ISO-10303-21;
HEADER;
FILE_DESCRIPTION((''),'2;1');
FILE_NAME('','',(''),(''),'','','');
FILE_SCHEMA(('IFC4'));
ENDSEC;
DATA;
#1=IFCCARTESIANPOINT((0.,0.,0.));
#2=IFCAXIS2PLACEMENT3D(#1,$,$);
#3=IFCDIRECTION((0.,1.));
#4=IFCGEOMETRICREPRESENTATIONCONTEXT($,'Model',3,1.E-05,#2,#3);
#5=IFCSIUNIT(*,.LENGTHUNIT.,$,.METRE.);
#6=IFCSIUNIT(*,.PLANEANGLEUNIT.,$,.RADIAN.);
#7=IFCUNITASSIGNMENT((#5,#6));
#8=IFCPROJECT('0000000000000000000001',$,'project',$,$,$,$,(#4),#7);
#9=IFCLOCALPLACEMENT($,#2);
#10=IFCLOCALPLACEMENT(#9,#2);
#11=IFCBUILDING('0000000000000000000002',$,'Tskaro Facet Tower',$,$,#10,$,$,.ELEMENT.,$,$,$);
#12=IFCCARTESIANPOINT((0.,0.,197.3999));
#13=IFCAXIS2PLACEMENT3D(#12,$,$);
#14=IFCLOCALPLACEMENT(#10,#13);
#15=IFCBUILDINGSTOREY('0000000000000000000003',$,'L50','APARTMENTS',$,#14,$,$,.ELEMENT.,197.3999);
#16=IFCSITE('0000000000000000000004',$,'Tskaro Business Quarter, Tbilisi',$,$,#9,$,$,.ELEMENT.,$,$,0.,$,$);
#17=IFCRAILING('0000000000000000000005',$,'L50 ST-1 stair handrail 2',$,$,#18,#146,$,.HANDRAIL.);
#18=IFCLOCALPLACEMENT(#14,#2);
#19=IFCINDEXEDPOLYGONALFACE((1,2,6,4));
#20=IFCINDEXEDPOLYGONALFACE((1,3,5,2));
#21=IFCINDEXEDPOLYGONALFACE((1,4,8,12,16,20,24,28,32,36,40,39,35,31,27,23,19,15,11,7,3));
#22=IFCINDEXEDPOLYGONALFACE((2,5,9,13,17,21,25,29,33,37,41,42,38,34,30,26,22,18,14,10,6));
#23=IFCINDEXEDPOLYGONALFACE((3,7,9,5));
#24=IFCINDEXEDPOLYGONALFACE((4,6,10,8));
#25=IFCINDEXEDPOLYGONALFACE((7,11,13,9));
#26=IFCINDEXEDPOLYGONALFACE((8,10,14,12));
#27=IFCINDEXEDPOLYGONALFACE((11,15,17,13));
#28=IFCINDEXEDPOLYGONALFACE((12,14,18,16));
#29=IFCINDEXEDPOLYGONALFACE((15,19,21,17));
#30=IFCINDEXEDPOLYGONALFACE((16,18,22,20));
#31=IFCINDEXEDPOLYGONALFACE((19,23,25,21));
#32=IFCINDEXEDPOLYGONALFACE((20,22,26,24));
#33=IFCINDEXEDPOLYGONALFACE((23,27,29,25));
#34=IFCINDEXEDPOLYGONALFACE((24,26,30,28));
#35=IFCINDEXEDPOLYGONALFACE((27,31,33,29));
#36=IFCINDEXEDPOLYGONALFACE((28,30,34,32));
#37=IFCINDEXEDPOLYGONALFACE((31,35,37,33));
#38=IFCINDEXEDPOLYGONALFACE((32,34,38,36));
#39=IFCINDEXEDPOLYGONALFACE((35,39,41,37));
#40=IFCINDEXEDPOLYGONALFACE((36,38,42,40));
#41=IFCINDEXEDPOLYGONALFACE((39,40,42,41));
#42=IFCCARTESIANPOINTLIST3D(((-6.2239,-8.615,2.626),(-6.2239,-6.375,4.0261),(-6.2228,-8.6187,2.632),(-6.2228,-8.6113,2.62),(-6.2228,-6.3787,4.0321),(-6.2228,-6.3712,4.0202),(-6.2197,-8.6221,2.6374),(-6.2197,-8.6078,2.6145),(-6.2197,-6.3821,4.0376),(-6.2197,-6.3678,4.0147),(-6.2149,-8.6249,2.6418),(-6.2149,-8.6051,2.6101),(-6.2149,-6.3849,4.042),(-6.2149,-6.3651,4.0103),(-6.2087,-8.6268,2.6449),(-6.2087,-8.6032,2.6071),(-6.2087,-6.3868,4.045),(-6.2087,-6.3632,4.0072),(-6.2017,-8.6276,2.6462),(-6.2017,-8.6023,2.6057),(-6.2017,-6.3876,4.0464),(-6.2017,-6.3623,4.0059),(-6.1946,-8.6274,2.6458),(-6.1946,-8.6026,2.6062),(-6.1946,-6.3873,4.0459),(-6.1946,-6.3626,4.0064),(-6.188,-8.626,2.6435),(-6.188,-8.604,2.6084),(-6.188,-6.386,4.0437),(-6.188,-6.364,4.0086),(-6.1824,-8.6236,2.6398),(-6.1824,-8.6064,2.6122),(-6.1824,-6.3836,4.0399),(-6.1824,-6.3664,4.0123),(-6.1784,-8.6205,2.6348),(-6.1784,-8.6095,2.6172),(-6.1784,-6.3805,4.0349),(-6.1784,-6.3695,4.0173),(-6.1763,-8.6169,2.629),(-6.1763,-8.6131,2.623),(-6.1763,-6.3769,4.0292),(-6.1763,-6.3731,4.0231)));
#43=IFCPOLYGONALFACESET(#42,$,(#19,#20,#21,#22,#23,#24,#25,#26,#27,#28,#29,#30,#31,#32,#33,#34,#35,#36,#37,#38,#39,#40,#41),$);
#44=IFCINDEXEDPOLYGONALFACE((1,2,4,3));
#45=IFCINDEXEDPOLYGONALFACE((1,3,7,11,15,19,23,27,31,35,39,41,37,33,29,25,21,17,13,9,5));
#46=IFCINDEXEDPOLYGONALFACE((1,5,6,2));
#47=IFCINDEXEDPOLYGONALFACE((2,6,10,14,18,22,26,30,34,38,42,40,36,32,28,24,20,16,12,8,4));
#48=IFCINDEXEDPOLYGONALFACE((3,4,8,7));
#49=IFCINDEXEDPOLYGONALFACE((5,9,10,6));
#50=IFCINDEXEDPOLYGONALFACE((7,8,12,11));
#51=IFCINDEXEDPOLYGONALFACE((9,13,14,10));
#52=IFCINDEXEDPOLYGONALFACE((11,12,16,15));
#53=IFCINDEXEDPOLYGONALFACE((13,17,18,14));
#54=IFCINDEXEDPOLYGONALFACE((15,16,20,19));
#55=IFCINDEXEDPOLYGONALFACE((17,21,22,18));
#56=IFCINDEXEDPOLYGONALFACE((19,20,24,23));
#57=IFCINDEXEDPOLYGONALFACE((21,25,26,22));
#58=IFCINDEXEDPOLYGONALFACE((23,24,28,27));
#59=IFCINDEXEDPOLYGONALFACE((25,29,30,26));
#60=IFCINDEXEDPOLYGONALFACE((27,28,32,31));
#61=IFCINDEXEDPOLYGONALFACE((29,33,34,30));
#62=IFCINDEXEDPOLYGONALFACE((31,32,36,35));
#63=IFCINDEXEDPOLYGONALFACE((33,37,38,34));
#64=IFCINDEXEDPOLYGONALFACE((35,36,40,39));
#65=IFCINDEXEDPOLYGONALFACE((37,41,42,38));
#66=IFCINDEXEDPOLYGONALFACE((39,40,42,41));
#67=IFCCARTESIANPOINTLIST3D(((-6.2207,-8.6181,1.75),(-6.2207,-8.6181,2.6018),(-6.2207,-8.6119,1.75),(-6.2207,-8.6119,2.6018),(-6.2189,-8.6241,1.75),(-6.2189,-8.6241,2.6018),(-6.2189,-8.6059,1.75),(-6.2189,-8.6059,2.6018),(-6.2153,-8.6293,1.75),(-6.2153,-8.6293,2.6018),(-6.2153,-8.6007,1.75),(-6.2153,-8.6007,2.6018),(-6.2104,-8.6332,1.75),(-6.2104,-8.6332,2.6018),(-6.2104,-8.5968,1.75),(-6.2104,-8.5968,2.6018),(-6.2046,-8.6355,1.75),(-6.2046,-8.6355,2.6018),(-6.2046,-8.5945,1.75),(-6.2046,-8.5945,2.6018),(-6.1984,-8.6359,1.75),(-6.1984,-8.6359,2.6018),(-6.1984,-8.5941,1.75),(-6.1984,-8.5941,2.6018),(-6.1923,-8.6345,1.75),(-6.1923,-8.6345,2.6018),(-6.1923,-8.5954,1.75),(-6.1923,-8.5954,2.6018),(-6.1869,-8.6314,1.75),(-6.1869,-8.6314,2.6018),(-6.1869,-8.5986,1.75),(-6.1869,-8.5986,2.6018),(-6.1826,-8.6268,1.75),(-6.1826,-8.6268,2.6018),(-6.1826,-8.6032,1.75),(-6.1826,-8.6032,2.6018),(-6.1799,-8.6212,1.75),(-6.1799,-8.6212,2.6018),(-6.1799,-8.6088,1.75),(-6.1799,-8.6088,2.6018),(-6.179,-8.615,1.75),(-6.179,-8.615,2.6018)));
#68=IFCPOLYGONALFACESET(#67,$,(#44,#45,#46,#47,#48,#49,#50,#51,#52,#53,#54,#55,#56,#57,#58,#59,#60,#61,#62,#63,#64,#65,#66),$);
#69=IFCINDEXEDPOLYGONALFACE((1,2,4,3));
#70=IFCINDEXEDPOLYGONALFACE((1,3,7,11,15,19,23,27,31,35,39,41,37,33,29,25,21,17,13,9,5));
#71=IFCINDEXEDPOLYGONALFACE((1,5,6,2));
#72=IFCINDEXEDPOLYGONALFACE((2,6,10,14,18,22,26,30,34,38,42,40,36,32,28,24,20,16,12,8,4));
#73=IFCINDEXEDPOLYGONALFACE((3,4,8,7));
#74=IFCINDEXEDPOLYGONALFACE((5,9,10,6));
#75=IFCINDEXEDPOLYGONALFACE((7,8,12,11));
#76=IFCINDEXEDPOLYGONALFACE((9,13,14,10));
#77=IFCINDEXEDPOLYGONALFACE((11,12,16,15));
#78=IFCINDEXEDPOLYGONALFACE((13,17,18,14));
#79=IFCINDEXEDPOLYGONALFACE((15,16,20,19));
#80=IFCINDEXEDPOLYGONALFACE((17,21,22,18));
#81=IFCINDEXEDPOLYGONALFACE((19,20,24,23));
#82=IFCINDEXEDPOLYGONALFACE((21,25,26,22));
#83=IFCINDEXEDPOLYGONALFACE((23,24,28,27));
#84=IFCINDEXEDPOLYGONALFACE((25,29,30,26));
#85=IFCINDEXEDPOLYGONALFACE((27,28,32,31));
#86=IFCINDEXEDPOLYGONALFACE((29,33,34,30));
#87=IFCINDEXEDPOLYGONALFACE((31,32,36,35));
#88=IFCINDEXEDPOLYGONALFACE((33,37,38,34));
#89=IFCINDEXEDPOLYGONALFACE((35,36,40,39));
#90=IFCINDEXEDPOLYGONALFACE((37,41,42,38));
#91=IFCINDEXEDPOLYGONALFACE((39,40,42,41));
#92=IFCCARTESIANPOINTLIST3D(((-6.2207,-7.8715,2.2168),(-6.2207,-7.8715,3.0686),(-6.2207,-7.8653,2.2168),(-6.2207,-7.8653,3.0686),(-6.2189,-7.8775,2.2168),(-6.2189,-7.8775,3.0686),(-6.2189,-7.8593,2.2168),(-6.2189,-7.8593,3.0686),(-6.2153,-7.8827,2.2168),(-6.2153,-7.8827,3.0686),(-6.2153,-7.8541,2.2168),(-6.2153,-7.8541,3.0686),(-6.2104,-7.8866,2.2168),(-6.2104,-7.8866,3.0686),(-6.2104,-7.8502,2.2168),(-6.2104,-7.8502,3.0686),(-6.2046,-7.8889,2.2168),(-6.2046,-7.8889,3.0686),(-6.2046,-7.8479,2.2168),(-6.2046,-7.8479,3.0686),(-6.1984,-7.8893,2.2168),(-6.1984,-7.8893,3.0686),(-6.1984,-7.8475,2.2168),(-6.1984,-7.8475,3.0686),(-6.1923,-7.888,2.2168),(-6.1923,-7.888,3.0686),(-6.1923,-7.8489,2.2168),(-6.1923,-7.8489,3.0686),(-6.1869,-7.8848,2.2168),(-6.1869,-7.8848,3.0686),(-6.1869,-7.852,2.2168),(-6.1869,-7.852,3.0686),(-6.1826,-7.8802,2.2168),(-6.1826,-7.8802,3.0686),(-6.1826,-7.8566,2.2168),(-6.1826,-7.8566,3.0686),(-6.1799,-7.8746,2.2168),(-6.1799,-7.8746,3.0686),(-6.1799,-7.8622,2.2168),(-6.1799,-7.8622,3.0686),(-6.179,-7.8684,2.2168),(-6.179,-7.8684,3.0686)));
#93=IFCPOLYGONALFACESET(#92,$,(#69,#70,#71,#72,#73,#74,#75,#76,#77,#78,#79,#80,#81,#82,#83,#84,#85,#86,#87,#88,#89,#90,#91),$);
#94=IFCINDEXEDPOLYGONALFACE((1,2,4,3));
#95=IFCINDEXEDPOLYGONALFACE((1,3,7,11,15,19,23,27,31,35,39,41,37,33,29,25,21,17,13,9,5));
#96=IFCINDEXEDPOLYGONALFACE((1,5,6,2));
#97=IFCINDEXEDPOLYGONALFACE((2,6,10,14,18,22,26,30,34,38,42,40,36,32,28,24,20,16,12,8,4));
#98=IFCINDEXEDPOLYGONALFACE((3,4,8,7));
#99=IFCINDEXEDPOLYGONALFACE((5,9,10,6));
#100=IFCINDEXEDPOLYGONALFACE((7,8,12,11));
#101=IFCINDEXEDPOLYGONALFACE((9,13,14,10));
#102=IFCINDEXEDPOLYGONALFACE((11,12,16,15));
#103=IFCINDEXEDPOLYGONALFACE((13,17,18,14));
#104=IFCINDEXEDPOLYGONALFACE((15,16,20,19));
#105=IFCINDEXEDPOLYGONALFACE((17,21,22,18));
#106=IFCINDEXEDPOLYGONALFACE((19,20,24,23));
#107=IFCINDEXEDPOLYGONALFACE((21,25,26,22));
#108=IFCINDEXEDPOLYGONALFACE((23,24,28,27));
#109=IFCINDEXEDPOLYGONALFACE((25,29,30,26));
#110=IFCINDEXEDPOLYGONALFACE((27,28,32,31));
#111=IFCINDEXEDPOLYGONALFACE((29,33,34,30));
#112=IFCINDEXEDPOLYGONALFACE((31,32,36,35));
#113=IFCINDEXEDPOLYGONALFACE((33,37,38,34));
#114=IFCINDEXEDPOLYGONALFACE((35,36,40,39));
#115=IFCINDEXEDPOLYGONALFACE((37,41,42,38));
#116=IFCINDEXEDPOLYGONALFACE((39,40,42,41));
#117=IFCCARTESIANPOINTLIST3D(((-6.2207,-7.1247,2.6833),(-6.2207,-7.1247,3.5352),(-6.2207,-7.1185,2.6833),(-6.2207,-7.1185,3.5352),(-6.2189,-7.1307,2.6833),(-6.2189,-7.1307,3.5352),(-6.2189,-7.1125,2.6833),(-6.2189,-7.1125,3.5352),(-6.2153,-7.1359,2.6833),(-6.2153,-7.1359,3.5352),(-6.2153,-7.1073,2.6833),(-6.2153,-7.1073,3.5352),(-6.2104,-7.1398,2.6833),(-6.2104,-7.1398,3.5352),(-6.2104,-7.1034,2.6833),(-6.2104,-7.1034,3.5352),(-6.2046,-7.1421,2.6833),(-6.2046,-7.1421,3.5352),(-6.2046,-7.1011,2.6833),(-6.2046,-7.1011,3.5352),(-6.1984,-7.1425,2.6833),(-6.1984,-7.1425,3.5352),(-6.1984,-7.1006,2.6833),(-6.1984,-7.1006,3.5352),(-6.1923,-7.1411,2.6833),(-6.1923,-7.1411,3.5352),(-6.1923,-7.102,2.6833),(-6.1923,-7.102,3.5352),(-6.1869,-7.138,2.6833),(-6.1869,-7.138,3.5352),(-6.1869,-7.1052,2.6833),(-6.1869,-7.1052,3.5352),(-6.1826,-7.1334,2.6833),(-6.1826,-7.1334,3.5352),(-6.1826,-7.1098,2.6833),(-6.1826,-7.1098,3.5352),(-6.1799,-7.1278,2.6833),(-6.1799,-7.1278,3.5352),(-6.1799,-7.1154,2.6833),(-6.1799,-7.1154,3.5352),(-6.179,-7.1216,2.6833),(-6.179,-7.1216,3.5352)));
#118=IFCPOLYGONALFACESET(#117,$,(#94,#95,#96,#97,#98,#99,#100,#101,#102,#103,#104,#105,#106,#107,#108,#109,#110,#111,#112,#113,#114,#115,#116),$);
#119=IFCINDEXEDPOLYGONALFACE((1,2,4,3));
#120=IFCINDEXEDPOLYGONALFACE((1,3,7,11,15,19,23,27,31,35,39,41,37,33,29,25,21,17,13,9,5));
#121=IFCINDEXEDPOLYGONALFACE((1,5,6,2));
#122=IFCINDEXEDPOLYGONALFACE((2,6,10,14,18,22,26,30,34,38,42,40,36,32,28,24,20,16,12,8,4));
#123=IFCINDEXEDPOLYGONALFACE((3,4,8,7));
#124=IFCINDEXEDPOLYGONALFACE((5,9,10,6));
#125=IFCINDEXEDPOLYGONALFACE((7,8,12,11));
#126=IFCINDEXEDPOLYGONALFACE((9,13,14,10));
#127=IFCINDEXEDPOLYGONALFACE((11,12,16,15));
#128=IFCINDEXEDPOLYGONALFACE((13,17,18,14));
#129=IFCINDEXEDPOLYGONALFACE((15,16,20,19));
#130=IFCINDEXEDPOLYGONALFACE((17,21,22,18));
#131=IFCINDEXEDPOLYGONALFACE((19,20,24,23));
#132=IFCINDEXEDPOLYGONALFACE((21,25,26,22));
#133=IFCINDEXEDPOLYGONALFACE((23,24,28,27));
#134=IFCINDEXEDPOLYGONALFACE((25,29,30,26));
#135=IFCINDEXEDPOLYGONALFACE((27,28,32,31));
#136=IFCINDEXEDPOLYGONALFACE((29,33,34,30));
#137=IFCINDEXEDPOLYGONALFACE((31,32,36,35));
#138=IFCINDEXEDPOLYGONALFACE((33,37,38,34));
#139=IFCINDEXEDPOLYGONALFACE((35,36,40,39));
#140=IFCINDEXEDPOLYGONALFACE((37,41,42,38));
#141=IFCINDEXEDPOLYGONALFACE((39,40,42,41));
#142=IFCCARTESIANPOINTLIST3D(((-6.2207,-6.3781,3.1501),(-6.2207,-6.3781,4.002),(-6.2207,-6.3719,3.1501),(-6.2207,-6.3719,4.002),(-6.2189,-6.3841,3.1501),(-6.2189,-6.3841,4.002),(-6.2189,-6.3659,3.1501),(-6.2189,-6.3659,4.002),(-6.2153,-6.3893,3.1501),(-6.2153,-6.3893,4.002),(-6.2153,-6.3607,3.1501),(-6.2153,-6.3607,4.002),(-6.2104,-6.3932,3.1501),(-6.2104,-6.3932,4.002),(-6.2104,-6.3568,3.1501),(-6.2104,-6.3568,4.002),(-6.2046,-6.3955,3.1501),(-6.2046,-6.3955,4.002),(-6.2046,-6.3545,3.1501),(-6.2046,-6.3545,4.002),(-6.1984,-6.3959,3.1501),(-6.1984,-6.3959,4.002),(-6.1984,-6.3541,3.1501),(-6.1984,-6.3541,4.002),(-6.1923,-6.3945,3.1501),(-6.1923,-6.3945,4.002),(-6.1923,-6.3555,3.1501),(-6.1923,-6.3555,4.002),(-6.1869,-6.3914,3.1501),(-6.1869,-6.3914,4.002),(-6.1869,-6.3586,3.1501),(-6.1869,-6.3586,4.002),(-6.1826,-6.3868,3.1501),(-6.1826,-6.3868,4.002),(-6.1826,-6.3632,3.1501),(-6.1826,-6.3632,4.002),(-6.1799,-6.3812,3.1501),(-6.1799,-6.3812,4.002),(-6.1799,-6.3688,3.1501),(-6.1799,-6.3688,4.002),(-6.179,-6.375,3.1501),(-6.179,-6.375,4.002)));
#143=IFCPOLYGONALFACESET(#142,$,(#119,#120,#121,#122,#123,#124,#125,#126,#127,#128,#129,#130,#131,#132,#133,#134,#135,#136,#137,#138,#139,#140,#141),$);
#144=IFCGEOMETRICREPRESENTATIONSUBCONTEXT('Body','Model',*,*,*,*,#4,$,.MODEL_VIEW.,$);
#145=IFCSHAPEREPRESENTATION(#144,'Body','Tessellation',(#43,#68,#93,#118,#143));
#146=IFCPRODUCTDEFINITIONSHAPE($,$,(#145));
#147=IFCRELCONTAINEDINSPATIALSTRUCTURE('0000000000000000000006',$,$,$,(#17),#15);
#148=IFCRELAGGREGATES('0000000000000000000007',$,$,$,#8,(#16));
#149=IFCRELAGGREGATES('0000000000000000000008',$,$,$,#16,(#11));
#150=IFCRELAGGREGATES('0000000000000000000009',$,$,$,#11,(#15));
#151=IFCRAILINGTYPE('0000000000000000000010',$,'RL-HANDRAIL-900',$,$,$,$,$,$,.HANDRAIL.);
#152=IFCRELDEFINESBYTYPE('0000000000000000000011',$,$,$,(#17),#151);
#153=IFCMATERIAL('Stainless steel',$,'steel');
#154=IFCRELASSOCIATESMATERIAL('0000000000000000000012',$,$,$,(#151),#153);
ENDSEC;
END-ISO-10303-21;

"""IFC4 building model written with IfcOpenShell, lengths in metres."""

from ifc_helpers import new_model, si_unit, direction, frame, origin, origin_2d, place, context, subcontext, project, spatial, circle, extrude, material, type_object, element, save


model = new_model("IFC4")

# Units and contexts
model_context = context("Model", 3, precision=1e-05, world=origin(), true_north=direction((0.0, 1.0)))
body_context = subcontext(model_context, "Body", "Model", "MODEL_VIEW")
ifc_project = project(units=[si_unit("LENGTHUNIT", "METRE"), si_unit("PLANEANGLEUNIT", "RADIAN")], contexts=[model_context])

# Site, building, storey
site_placement = place(None, origin())
site = spatial("IfcSite", under=ifc_project, at=site_placement, Name="Tskaro Business Quarter, Tbilisi", CompositionType="ELEMENT", RefElevation=0.0)
building_placement = place(site_placement, origin())
building = spatial("IfcBuilding", under=site, at=building_placement, Name="Tskaro Facet Tower", CompositionType="ELEMENT")
storey_placement = place(building_placement, frame((0.0, 0.0, 197.3999)))
storey = spatial("IfcBuildingStorey", under=building, at=storey_placement, Name="L50", Description="APARTMENTS", CompositionType="ELEMENT", Elevation=197.3999)

# Shared definitions
ifc_material_1 = material(Name="Stainless steel", Category="steel")

# Railing
railing_type_1 = type_object("IfcRailingType", Name="RL-HANDRAIL-900", PredefinedType="HANDRAIL", material=ifc_material_1)
railing_1_placement = place(storey_placement, frame((-6.2, -8.615, 1.75)))
element("IfcRailing", 1, at=railing_1_placement, inside=storey, type_object=railing_type_1, Name="L50 ST-1 stair handrail 2", PredefinedType="HANDRAIL", context=body_context, shape_type="SweptSolid", body=[
    extrude(circle(Radius=0.0239, at=origin_2d()), frame((0.0, 0.0, 0.876), z_axis=(0.0, 0.847972, 0.53004), x_axis=(-1.0, 0.0, 0.0)), (0.0, 0.0, 1.0), 2.6416),
    extrude(circle(Radius=0.021, at=origin_2d()), origin(), (0.0, 0.0, 1.0), 0.8518),
    extrude(circle(Radius=0.021, at=origin_2d()), frame((0.0, 0.7466, 0.4668)), (0.0, 0.0, 1.0), 0.8518),
    extrude(circle(Radius=0.021, at=origin_2d()), frame((0.0, 1.4934, 0.9333)), (0.0, 0.0, 1.0), 0.8518),
    extrude(circle(Radius=0.021, at=origin_2d()), frame((0.0, 2.24, 1.4001)), (0.0, 0.0, 1.0), 0.8518),
])

save(model, "model.ifc")
